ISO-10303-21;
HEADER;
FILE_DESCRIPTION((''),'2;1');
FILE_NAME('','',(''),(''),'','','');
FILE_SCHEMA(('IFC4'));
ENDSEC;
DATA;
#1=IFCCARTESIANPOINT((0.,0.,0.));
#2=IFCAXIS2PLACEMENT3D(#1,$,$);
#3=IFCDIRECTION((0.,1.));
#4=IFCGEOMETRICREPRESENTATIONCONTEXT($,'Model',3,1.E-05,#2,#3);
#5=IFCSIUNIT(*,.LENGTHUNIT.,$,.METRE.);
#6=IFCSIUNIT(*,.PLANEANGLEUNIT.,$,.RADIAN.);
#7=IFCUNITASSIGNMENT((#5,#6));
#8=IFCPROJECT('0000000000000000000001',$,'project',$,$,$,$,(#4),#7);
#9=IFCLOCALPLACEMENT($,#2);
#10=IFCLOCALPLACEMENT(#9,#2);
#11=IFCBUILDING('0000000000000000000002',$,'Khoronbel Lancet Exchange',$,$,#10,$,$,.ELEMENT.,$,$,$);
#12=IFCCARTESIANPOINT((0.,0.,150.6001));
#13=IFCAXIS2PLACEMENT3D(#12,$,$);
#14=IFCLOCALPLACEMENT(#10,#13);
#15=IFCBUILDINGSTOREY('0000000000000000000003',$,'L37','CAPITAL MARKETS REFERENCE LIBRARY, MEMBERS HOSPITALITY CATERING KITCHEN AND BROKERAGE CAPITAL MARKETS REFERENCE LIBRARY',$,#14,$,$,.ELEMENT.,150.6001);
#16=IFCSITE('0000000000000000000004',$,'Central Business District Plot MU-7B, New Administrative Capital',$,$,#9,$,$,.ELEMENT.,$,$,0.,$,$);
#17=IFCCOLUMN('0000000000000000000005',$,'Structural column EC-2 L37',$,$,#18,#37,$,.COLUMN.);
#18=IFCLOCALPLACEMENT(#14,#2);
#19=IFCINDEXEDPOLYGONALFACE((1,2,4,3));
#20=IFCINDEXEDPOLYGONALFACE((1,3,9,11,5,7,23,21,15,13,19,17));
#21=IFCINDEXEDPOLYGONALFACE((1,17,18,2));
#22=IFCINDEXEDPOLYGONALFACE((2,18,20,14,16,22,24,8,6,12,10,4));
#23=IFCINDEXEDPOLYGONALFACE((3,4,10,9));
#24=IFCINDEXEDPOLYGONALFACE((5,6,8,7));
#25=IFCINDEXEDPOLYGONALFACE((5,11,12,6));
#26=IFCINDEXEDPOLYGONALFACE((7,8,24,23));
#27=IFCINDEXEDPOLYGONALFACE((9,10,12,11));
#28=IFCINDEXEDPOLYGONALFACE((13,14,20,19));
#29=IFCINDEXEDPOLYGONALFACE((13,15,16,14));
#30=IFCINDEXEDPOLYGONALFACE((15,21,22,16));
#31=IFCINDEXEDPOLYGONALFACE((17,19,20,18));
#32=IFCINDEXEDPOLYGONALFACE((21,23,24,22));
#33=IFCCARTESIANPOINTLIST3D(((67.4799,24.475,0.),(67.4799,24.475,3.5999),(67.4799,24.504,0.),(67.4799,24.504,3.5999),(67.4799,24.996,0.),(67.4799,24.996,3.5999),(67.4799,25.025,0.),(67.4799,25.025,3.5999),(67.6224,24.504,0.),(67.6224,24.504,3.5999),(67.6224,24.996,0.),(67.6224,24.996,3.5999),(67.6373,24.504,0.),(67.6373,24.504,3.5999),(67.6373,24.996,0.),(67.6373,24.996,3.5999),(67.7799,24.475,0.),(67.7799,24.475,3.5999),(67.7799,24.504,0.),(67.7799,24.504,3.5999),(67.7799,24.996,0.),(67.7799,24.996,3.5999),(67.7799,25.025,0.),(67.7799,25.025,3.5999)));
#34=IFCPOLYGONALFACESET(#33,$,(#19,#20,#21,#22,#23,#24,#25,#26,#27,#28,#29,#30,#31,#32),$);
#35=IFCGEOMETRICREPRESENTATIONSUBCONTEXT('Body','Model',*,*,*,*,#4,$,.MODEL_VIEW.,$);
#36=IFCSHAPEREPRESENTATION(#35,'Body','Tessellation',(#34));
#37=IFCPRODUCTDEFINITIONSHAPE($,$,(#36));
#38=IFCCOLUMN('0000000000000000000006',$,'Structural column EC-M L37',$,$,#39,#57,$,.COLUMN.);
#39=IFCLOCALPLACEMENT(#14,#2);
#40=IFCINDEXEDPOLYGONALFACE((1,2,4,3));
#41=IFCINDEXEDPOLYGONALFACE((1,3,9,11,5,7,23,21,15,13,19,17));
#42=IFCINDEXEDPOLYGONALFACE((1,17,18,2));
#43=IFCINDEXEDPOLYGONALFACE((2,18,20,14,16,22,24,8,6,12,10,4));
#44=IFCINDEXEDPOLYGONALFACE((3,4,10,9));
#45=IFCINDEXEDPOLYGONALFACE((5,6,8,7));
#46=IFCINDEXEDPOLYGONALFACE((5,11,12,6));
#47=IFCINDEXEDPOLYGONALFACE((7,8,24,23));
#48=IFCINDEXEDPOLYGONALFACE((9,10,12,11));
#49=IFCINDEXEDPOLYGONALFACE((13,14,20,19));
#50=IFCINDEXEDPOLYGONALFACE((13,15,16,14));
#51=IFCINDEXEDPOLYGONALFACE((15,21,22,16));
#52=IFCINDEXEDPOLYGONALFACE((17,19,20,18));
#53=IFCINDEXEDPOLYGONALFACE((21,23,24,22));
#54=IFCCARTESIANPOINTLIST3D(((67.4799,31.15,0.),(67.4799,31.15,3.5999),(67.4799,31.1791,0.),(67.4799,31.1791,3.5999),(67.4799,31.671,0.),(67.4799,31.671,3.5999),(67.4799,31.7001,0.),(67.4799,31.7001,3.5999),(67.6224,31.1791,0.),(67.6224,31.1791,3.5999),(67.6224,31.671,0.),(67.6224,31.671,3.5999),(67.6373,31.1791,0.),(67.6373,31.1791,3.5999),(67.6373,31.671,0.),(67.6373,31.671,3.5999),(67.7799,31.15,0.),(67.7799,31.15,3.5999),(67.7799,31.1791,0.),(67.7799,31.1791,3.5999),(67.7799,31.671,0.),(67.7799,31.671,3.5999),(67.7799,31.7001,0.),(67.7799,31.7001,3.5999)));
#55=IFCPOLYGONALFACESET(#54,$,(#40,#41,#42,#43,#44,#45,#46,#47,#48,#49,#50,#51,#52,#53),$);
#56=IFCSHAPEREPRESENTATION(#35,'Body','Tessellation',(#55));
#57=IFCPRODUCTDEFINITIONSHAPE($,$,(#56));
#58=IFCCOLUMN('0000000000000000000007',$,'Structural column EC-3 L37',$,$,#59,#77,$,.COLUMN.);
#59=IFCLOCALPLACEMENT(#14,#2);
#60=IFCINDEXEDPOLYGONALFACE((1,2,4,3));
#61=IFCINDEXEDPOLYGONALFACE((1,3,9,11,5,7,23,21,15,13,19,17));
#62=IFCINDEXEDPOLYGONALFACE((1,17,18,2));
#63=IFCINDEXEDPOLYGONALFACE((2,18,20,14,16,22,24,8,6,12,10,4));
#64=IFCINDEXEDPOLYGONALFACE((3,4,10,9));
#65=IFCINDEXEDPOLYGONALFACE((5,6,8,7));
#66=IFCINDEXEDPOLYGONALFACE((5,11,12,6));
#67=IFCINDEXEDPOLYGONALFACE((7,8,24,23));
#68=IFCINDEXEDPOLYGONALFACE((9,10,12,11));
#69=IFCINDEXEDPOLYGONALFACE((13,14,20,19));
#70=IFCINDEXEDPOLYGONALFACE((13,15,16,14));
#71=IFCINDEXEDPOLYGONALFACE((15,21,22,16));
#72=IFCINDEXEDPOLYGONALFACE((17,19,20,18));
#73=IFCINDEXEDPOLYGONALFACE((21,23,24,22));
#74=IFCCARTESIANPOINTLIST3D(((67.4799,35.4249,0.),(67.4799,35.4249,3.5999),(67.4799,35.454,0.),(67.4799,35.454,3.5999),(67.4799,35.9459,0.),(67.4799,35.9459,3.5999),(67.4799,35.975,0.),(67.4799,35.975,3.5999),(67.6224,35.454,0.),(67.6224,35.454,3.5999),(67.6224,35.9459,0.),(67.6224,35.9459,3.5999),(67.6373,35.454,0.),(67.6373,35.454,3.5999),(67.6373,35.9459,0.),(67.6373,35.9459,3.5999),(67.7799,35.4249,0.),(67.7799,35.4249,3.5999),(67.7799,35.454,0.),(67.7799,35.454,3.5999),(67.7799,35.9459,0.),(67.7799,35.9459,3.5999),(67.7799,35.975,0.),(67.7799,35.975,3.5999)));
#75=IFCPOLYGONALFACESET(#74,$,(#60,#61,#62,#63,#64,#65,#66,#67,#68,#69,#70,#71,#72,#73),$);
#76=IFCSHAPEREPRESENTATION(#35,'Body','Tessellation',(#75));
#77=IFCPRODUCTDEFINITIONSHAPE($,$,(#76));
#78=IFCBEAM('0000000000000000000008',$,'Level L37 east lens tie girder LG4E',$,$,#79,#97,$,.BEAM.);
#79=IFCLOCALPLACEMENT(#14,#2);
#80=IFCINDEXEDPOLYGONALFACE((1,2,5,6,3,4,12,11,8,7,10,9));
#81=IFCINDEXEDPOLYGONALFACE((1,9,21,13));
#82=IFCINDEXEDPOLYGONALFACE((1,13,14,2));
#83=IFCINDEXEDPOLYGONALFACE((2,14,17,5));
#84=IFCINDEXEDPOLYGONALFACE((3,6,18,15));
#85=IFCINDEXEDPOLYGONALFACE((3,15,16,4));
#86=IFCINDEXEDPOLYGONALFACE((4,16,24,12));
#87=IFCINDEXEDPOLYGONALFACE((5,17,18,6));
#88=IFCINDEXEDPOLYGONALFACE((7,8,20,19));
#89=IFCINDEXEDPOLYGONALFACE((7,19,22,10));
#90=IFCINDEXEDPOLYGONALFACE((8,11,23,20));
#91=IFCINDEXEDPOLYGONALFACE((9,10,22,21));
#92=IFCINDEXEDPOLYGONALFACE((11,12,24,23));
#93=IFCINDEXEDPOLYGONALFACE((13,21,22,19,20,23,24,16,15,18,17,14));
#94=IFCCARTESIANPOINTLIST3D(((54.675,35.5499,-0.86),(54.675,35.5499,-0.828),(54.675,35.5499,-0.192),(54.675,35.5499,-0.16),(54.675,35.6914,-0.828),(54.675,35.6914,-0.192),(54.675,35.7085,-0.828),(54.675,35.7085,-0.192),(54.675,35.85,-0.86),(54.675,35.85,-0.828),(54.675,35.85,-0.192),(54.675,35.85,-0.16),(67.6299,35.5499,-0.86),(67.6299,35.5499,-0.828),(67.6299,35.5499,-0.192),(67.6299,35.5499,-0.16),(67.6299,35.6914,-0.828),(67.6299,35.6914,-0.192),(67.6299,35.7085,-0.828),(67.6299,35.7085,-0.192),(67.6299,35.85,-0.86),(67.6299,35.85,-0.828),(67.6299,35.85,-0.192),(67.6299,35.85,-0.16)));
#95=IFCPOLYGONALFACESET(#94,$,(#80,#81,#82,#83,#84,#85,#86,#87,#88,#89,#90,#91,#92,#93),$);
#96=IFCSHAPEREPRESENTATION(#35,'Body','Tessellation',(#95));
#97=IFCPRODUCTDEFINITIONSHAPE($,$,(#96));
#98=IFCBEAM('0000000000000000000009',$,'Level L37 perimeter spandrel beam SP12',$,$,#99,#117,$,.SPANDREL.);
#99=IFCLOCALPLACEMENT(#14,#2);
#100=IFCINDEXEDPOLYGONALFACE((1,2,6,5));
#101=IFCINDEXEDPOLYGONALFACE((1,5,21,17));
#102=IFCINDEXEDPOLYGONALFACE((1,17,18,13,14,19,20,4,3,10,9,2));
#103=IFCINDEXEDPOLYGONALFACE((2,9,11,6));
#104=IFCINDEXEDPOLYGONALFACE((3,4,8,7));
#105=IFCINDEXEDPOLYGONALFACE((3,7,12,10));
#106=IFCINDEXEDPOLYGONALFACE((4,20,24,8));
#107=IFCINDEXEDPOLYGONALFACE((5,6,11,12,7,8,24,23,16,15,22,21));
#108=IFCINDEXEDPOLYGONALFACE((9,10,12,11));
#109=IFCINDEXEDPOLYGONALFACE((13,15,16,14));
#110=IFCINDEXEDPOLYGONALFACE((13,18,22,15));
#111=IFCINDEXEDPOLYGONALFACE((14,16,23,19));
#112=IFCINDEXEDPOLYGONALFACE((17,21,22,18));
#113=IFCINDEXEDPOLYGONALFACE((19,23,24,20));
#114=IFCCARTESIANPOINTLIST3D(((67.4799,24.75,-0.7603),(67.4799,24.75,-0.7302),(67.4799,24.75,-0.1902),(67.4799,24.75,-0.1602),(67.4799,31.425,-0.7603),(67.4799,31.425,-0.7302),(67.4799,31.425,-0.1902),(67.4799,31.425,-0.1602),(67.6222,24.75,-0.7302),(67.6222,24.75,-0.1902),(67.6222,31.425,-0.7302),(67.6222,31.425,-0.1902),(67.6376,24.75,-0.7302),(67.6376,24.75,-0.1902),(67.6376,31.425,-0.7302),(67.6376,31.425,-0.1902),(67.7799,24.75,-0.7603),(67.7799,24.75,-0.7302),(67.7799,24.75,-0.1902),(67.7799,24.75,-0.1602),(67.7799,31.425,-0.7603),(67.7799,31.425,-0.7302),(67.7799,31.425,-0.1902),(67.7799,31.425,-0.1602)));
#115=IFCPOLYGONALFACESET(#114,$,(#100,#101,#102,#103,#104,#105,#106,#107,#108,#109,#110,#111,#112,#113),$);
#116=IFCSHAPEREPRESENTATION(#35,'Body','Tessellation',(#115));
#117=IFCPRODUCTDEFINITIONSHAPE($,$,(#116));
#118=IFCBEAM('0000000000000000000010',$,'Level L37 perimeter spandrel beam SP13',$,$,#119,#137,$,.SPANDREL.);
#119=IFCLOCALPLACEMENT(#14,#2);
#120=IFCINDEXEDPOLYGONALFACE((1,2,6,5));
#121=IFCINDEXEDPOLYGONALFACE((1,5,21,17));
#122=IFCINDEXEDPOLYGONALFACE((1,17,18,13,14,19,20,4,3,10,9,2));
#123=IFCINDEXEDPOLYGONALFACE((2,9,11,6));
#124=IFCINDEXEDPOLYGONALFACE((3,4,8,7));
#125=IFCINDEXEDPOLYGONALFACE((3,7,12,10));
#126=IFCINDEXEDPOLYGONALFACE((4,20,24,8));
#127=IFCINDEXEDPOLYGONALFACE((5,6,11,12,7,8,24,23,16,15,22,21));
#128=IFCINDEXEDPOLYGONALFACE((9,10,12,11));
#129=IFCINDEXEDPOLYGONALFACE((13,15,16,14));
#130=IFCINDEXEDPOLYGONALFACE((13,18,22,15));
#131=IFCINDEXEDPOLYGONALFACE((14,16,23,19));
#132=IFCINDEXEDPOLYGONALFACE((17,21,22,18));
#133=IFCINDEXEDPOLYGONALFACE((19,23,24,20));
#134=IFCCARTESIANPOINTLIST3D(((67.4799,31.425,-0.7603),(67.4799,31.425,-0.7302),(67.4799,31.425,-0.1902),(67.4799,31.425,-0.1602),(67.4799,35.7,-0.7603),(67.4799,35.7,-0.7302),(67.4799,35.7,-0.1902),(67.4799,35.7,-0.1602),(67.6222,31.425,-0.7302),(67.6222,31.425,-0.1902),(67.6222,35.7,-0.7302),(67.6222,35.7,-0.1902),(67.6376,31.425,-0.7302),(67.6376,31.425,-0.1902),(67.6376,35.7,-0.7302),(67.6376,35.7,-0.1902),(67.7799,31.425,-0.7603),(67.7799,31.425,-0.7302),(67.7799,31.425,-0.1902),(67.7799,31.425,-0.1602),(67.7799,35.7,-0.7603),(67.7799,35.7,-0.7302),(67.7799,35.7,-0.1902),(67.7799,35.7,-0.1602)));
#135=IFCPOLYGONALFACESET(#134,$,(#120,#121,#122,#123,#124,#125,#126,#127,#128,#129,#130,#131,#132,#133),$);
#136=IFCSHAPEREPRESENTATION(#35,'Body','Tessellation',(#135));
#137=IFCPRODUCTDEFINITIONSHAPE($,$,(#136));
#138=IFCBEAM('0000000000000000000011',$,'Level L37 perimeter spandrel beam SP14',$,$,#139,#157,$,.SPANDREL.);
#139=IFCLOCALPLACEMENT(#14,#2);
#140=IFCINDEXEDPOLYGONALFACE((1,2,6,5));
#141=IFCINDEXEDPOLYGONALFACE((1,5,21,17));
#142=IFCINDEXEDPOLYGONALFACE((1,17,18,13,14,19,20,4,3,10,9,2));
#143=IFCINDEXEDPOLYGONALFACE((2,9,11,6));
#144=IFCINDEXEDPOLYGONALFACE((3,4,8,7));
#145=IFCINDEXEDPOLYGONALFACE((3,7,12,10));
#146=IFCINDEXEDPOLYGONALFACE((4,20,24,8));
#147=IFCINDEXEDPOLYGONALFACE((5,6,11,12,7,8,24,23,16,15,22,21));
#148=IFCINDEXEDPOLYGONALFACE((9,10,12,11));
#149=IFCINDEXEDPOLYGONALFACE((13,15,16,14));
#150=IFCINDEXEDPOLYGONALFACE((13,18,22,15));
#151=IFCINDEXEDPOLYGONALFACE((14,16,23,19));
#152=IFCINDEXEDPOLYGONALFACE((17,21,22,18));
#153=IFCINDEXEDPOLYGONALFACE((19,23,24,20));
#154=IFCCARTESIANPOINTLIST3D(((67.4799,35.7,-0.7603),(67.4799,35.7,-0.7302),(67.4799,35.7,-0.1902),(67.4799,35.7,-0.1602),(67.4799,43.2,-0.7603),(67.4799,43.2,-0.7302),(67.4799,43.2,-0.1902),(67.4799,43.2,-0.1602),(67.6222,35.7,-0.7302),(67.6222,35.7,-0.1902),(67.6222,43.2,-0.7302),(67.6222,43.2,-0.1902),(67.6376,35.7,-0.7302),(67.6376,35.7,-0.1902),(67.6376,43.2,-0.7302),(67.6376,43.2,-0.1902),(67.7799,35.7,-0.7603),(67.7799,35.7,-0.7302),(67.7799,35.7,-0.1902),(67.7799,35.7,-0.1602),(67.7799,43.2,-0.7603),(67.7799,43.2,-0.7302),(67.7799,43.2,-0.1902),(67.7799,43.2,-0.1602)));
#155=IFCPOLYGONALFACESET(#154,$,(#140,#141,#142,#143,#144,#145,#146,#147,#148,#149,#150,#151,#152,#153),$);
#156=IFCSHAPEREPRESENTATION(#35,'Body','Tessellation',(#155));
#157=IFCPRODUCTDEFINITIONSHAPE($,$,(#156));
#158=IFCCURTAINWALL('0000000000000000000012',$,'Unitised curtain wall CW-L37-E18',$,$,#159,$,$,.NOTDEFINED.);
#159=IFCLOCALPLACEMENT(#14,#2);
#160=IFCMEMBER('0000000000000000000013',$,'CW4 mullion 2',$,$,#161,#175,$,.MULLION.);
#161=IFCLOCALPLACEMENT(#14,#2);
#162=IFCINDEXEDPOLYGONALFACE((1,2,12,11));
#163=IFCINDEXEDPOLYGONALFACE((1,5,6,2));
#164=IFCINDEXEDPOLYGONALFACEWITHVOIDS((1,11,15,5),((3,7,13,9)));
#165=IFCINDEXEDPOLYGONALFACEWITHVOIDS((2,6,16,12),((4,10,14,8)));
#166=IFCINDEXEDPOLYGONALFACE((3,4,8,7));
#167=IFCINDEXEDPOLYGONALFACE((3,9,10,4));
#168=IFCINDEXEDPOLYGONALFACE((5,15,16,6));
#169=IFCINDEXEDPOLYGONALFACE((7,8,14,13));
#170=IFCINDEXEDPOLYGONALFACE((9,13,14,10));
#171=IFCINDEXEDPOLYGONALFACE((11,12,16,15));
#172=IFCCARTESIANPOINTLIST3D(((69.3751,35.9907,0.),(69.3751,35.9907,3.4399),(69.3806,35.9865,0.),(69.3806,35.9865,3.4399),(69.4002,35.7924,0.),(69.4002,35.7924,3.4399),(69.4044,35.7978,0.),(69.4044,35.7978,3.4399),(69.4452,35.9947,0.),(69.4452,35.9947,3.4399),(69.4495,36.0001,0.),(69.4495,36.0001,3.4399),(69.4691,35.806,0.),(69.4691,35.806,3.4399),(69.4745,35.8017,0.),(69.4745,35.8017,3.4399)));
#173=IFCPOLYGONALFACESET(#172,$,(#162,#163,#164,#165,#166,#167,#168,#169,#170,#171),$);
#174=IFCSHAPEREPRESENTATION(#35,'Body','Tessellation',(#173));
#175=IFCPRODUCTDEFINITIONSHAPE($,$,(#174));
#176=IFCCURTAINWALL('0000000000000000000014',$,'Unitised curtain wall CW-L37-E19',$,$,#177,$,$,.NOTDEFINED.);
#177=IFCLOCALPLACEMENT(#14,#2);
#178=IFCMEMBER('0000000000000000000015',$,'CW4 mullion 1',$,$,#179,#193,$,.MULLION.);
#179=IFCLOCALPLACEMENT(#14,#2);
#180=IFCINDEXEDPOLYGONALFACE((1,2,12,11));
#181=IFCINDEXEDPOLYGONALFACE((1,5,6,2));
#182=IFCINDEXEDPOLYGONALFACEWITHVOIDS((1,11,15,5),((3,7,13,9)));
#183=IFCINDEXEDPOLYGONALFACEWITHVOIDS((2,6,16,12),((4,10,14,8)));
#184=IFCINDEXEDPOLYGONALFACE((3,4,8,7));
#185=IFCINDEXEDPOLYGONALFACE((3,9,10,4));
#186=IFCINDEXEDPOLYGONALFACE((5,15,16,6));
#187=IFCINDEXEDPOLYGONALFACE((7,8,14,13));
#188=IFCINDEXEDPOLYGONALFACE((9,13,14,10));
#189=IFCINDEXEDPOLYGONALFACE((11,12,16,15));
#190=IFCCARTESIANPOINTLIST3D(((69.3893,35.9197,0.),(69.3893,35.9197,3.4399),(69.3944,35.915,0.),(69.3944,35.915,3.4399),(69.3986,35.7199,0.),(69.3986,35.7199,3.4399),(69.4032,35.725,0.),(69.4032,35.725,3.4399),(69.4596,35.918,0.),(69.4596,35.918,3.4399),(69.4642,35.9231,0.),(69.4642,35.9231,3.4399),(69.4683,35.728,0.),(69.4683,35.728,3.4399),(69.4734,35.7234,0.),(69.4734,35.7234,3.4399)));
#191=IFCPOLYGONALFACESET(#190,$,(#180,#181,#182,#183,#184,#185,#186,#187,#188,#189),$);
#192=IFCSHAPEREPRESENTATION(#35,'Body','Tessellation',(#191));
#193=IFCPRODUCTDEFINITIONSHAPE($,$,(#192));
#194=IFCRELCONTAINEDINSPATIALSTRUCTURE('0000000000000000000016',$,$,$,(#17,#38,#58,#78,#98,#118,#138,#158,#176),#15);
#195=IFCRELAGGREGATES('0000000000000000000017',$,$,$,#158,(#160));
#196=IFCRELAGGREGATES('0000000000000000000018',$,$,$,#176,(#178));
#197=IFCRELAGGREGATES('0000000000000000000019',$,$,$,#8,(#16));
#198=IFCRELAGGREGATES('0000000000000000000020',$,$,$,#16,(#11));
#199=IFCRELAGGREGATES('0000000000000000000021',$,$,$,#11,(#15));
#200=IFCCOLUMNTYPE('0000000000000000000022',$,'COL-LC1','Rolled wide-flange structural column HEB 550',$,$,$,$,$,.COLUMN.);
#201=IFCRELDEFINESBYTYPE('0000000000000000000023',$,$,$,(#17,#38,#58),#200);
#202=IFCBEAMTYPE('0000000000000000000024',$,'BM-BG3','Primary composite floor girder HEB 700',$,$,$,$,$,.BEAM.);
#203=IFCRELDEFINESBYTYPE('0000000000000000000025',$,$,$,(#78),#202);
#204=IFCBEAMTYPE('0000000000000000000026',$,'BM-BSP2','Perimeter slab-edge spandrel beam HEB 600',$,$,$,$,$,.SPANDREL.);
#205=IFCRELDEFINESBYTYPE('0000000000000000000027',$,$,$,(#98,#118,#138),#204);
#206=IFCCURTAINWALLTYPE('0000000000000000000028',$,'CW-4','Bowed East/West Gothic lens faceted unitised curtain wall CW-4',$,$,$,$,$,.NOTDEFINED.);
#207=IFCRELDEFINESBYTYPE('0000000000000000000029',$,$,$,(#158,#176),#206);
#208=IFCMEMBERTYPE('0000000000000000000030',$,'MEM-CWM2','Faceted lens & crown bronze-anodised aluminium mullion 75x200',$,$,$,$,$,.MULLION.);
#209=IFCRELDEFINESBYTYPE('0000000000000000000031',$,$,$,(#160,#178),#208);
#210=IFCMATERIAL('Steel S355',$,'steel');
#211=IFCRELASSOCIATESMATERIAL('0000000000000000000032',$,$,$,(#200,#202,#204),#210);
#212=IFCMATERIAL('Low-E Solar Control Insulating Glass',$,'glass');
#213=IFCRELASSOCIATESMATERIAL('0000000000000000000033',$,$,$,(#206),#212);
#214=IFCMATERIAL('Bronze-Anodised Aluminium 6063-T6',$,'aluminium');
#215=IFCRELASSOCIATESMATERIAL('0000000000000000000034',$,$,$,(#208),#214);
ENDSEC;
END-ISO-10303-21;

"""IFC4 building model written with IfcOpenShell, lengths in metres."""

from ifc_helpers import new_model, si_unit, direction, frame, origin, origin_2d, place, context, subcontext, project, spatial, hollow_rectangle, i_section, extrude, material, material_profile, profile_set, type_object, element, aggregate, save


model = new_model("IFC4")

# Units and contexts
model_context = context("Model", 3, precision=1e-05, world=origin(), true_north=direction((0.0, 1.0)))
body_context = subcontext(model_context, "Body", "Model", "MODEL_VIEW")
ifc_project = project(units=[si_unit("LENGTHUNIT", "METRE"), si_unit("PLANEANGLEUNIT", "RADIAN")], contexts=[model_context])

# Site, building, storey
site_placement = place(None, origin())
site = spatial("IfcSite", under=ifc_project, at=site_placement, Name="Central Business District Plot MU-7B, New Administrative Capital", CompositionType="ELEMENT", RefElevation=0.0)
building_placement = place(site_placement, origin())
building = spatial("IfcBuilding", under=site, at=building_placement, Name="Khoronbel Lancet Exchange", CompositionType="ELEMENT")
storey_placement = place(building_placement, frame((0.0, 0.0, 150.6001)))
storey = spatial("IfcBuildingStorey", under=building, at=storey_placement, Name="L37", Description="CAPITAL MARKETS REFERENCE LIBRARY, MEMBERS HOSPITALITY CATERING KITCHEN AND BROKERAGE CAPITAL MARKETS REFERENCE LIBRARY", CompositionType="ELEMENT", Elevation=150.6001)

# Columns
ifc_material_1 = material(Name="Steel S355", Category="steel")
ifc_material_profile_1 = material_profile(ifc_material_1, i_section(OverallWidth=0.3, OverallDepth=0.55, WebThickness=0.0149, FlangeThickness=0.0291, at=origin_2d()), Name="HEB 550")
ifc_profile_set_1 = profile_set([ifc_material_profile_1], Name="Steel S355")
column_type = type_object("IfcColumnType", Name="COL-LC1", Description="Rolled wide-flange structural column HEB 550", PredefinedType="COLUMN", material=ifc_profile_set_1)
for number, where, z_axis, x_axis, name in (
    (1, (67.6299, 24.75, 0.0), (0.0, 0.0, 1.0), (1.0, 0.0, 0.0), "Structural column EC-2 L37"),
    (2, (67.6299, 31.425, 0.0), (0.0, 0.0, 1.0), (1.0, 0.0, 0.0), "Structural column EC-M L37"),
    (3, (67.6299, 35.7, 0.0), (0.0, 0.0, 1.0), (1.0, 0.0, 0.0), "Structural column EC-3 L37"),
):
    element("IfcColumn", number, at=place(storey_placement, frame(where, z_axis=z_axis, x_axis=x_axis)), inside=storey, type_object=column_type, Name=name, PredefinedType="COLUMN", context=body_context, shape_type="SweptSolid", body=[
        extrude(i_section(OverallWidth=0.3, OverallDepth=0.55, WebThickness=0.0149, FlangeThickness=0.0291, at=origin_2d()), origin(), (0.0, 0.0, 1.0), 3.5999),
    ])

# Beams
ifc_material_profile_2 = material_profile(ifc_material_1, i_section(OverallWidth=0.3, OverallDepth=0.7, WebThickness=0.0171, FlangeThickness=0.032, at=origin_2d()), Name="HEB 700")
ifc_profile_set_2 = profile_set([ifc_material_profile_2], Name="Steel S355")
beam_type_1 = type_object("IfcBeamType", Name="BM-BG3", Description="Primary composite floor girder HEB 700", PredefinedType="BEAM", material=ifc_profile_set_2)
beam_1_placement = place(storey_placement, frame((54.675, 35.7, -0.51), z_axis=(1.0, 0.0, 0.0), x_axis=(0.0, 1.0, 0.0)))
element("IfcBeam", 4, at=beam_1_placement, inside=storey, type_object=beam_type_1, Name="Level L37 east lens tie girder LG4E", PredefinedType="BEAM", context=body_context, shape_type="SweptSolid", body=[
    extrude(i_section(OverallWidth=0.3, OverallDepth=0.7, WebThickness=0.0171, FlangeThickness=0.032, at=origin_2d()), origin(), (0.0, 0.0, 1.0), 12.9548),
])
ifc_material_profile_3 = material_profile(ifc_material_1, i_section(OverallWidth=0.3, OverallDepth=0.6001, WebThickness=0.0154, FlangeThickness=0.03, at=origin_2d()), Name="HEB 600")
ifc_profile_set_3 = profile_set([ifc_material_profile_3], Name="Steel S355")
beam_type_2 = type_object("IfcBeamType", Name="BM-BSP2", Description="Perimeter slab-edge spandrel beam HEB 600", PredefinedType="SPANDREL", material=ifc_profile_set_3)
beam_2_placement = place(storey_placement, frame((67.6299, 24.75, -0.4602), z_axis=(0.0, 1.0, 0.0), x_axis=(-1.0, 0.0, 0.0)))
element("IfcBeam", 5, at=beam_2_placement, inside=storey, type_object=beam_type_2, Name="Level L37 perimeter spandrel beam SP12", PredefinedType="SPANDREL", context=body_context, shape_type="SweptSolid", body=[
    extrude(i_section(OverallWidth=0.3, OverallDepth=0.6001, WebThickness=0.0154, FlangeThickness=0.03, at=origin_2d()), origin(), (0.0, 0.0, 1.0), 6.675),
])
beam_3_placement = place(storey_placement, frame((67.6299, 31.425, -0.4602), z_axis=(0.0, 1.0, 0.0), x_axis=(-1.0, 0.0, 0.0)))
element("IfcBeam", 6, at=beam_3_placement, inside=storey, type_object=beam_type_2, Name="Level L37 perimeter spandrel beam SP13", PredefinedType="SPANDREL", context=body_context, shape_type="SweptSolid", body=[
    extrude(i_section(OverallWidth=0.3, OverallDepth=0.6001, WebThickness=0.0154, FlangeThickness=0.03, at=origin_2d()), origin(), (0.0, 0.0, 1.0), 4.2749),
])
beam_4_placement = place(storey_placement, frame((67.6299, 35.7, -0.4602), z_axis=(0.0, 1.0, 0.0), x_axis=(-1.0, 0.0, 0.0)))
element("IfcBeam", 7, at=beam_4_placement, inside=storey, type_object=beam_type_2, Name="Level L37 perimeter spandrel beam SP14", PredefinedType="SPANDREL", context=body_context, shape_type="SweptSolid", body=[
    extrude(i_section(OverallWidth=0.3, OverallDepth=0.6001, WebThickness=0.0154, FlangeThickness=0.03, at=origin_2d()), origin(), (0.0, 0.0, 1.0), 7.5),
])

# Curtain wall, member
ifc_material_2 = material(Name="Low-E Solar Control Insulating Glass", Category="glass")
curtain_wall_type = type_object("IfcCurtainWallType", Name="CW-4", Description="Bowed East/West Gothic lens faceted unitised curtain wall CW-4", PredefinedType="NOTDEFINED", material=ifc_material_2)
curtain_wall_1_placement = place(storey_placement, origin())
curtain_wall_1 = element("IfcCurtainWall", 8, at=curtain_wall_1_placement, inside=storey, type_object=curtain_wall_type, Name="Unitised curtain wall CW-L37-E18", PredefinedType="NOTDEFINED")
ifc_material_3 = material(Name="Bronze-Anodised Aluminium 6063-T6", Category="aluminium")
ifc_material_profile_4 = material_profile(ifc_material_3, hollow_rectangle(XDim=0.075, YDim=0.2, WallThickness=0.0049, at=origin_2d()), Name="ALU MULLION 75x200")
ifc_profile_set_4 = profile_set([ifc_material_profile_4], Name="Bronze-Anodised Aluminium 6063-T6")
member_type_1 = type_object("IfcMemberType", Name="MEM-CWM2", Description="Faceted lens & crown bronze-anodised aluminium mullion 75x200", PredefinedType="MULLION", material=ifc_profile_set_4)
member_1_placement = place(storey_placement, frame((69.4248, 35.8962, 0.0), z_axis=(0.0, 0.0, 1.0), x_axis=(0.992117, 0.125313, 0.0)))
member_1 = element("IfcMember", 9, at=member_1_placement, type_object=member_type_1, Name="CW4 mullion 2", PredefinedType="MULLION", context=body_context, shape_type="SweptSolid", body=[
    extrude(hollow_rectangle(XDim=0.075, YDim=0.2, WallThickness=0.0049, at=origin_2d()), origin(), (0.0, 0.0, 1.0), 3.4399),
])
aggregate(curtain_wall_1, [member_1])

# Curtain wall, member
curtain_wall_2_placement = place(storey_placement, origin())
curtain_wall_2 = element("IfcCurtainWall", 10, at=curtain_wall_2_placement, inside=storey, type_object=curtain_wall_type, Name="Unitised curtain wall CW-L37-E19", PredefinedType="NOTDEFINED")
member_2_placement = place(storey_placement, frame((69.4314, 35.8215, 0.0), z_axis=(0.0, 0.0, 1.0), x_axis=(0.998934, 0.046172, 0.0)))
member_2 = element("IfcMember", 11, at=member_2_placement, type_object=member_type_1, Name="CW4 mullion 1", PredefinedType="MULLION", context=body_context, shape_type="SweptSolid", body=[
    extrude(hollow_rectangle(XDim=0.075, YDim=0.2, WallThickness=0.0049, at=origin_2d()), origin(), (0.0, 0.0, 1.0), 3.4399),
])

aggregate(curtain_wall_2, [member_2])

save(model, "model.ifc")
